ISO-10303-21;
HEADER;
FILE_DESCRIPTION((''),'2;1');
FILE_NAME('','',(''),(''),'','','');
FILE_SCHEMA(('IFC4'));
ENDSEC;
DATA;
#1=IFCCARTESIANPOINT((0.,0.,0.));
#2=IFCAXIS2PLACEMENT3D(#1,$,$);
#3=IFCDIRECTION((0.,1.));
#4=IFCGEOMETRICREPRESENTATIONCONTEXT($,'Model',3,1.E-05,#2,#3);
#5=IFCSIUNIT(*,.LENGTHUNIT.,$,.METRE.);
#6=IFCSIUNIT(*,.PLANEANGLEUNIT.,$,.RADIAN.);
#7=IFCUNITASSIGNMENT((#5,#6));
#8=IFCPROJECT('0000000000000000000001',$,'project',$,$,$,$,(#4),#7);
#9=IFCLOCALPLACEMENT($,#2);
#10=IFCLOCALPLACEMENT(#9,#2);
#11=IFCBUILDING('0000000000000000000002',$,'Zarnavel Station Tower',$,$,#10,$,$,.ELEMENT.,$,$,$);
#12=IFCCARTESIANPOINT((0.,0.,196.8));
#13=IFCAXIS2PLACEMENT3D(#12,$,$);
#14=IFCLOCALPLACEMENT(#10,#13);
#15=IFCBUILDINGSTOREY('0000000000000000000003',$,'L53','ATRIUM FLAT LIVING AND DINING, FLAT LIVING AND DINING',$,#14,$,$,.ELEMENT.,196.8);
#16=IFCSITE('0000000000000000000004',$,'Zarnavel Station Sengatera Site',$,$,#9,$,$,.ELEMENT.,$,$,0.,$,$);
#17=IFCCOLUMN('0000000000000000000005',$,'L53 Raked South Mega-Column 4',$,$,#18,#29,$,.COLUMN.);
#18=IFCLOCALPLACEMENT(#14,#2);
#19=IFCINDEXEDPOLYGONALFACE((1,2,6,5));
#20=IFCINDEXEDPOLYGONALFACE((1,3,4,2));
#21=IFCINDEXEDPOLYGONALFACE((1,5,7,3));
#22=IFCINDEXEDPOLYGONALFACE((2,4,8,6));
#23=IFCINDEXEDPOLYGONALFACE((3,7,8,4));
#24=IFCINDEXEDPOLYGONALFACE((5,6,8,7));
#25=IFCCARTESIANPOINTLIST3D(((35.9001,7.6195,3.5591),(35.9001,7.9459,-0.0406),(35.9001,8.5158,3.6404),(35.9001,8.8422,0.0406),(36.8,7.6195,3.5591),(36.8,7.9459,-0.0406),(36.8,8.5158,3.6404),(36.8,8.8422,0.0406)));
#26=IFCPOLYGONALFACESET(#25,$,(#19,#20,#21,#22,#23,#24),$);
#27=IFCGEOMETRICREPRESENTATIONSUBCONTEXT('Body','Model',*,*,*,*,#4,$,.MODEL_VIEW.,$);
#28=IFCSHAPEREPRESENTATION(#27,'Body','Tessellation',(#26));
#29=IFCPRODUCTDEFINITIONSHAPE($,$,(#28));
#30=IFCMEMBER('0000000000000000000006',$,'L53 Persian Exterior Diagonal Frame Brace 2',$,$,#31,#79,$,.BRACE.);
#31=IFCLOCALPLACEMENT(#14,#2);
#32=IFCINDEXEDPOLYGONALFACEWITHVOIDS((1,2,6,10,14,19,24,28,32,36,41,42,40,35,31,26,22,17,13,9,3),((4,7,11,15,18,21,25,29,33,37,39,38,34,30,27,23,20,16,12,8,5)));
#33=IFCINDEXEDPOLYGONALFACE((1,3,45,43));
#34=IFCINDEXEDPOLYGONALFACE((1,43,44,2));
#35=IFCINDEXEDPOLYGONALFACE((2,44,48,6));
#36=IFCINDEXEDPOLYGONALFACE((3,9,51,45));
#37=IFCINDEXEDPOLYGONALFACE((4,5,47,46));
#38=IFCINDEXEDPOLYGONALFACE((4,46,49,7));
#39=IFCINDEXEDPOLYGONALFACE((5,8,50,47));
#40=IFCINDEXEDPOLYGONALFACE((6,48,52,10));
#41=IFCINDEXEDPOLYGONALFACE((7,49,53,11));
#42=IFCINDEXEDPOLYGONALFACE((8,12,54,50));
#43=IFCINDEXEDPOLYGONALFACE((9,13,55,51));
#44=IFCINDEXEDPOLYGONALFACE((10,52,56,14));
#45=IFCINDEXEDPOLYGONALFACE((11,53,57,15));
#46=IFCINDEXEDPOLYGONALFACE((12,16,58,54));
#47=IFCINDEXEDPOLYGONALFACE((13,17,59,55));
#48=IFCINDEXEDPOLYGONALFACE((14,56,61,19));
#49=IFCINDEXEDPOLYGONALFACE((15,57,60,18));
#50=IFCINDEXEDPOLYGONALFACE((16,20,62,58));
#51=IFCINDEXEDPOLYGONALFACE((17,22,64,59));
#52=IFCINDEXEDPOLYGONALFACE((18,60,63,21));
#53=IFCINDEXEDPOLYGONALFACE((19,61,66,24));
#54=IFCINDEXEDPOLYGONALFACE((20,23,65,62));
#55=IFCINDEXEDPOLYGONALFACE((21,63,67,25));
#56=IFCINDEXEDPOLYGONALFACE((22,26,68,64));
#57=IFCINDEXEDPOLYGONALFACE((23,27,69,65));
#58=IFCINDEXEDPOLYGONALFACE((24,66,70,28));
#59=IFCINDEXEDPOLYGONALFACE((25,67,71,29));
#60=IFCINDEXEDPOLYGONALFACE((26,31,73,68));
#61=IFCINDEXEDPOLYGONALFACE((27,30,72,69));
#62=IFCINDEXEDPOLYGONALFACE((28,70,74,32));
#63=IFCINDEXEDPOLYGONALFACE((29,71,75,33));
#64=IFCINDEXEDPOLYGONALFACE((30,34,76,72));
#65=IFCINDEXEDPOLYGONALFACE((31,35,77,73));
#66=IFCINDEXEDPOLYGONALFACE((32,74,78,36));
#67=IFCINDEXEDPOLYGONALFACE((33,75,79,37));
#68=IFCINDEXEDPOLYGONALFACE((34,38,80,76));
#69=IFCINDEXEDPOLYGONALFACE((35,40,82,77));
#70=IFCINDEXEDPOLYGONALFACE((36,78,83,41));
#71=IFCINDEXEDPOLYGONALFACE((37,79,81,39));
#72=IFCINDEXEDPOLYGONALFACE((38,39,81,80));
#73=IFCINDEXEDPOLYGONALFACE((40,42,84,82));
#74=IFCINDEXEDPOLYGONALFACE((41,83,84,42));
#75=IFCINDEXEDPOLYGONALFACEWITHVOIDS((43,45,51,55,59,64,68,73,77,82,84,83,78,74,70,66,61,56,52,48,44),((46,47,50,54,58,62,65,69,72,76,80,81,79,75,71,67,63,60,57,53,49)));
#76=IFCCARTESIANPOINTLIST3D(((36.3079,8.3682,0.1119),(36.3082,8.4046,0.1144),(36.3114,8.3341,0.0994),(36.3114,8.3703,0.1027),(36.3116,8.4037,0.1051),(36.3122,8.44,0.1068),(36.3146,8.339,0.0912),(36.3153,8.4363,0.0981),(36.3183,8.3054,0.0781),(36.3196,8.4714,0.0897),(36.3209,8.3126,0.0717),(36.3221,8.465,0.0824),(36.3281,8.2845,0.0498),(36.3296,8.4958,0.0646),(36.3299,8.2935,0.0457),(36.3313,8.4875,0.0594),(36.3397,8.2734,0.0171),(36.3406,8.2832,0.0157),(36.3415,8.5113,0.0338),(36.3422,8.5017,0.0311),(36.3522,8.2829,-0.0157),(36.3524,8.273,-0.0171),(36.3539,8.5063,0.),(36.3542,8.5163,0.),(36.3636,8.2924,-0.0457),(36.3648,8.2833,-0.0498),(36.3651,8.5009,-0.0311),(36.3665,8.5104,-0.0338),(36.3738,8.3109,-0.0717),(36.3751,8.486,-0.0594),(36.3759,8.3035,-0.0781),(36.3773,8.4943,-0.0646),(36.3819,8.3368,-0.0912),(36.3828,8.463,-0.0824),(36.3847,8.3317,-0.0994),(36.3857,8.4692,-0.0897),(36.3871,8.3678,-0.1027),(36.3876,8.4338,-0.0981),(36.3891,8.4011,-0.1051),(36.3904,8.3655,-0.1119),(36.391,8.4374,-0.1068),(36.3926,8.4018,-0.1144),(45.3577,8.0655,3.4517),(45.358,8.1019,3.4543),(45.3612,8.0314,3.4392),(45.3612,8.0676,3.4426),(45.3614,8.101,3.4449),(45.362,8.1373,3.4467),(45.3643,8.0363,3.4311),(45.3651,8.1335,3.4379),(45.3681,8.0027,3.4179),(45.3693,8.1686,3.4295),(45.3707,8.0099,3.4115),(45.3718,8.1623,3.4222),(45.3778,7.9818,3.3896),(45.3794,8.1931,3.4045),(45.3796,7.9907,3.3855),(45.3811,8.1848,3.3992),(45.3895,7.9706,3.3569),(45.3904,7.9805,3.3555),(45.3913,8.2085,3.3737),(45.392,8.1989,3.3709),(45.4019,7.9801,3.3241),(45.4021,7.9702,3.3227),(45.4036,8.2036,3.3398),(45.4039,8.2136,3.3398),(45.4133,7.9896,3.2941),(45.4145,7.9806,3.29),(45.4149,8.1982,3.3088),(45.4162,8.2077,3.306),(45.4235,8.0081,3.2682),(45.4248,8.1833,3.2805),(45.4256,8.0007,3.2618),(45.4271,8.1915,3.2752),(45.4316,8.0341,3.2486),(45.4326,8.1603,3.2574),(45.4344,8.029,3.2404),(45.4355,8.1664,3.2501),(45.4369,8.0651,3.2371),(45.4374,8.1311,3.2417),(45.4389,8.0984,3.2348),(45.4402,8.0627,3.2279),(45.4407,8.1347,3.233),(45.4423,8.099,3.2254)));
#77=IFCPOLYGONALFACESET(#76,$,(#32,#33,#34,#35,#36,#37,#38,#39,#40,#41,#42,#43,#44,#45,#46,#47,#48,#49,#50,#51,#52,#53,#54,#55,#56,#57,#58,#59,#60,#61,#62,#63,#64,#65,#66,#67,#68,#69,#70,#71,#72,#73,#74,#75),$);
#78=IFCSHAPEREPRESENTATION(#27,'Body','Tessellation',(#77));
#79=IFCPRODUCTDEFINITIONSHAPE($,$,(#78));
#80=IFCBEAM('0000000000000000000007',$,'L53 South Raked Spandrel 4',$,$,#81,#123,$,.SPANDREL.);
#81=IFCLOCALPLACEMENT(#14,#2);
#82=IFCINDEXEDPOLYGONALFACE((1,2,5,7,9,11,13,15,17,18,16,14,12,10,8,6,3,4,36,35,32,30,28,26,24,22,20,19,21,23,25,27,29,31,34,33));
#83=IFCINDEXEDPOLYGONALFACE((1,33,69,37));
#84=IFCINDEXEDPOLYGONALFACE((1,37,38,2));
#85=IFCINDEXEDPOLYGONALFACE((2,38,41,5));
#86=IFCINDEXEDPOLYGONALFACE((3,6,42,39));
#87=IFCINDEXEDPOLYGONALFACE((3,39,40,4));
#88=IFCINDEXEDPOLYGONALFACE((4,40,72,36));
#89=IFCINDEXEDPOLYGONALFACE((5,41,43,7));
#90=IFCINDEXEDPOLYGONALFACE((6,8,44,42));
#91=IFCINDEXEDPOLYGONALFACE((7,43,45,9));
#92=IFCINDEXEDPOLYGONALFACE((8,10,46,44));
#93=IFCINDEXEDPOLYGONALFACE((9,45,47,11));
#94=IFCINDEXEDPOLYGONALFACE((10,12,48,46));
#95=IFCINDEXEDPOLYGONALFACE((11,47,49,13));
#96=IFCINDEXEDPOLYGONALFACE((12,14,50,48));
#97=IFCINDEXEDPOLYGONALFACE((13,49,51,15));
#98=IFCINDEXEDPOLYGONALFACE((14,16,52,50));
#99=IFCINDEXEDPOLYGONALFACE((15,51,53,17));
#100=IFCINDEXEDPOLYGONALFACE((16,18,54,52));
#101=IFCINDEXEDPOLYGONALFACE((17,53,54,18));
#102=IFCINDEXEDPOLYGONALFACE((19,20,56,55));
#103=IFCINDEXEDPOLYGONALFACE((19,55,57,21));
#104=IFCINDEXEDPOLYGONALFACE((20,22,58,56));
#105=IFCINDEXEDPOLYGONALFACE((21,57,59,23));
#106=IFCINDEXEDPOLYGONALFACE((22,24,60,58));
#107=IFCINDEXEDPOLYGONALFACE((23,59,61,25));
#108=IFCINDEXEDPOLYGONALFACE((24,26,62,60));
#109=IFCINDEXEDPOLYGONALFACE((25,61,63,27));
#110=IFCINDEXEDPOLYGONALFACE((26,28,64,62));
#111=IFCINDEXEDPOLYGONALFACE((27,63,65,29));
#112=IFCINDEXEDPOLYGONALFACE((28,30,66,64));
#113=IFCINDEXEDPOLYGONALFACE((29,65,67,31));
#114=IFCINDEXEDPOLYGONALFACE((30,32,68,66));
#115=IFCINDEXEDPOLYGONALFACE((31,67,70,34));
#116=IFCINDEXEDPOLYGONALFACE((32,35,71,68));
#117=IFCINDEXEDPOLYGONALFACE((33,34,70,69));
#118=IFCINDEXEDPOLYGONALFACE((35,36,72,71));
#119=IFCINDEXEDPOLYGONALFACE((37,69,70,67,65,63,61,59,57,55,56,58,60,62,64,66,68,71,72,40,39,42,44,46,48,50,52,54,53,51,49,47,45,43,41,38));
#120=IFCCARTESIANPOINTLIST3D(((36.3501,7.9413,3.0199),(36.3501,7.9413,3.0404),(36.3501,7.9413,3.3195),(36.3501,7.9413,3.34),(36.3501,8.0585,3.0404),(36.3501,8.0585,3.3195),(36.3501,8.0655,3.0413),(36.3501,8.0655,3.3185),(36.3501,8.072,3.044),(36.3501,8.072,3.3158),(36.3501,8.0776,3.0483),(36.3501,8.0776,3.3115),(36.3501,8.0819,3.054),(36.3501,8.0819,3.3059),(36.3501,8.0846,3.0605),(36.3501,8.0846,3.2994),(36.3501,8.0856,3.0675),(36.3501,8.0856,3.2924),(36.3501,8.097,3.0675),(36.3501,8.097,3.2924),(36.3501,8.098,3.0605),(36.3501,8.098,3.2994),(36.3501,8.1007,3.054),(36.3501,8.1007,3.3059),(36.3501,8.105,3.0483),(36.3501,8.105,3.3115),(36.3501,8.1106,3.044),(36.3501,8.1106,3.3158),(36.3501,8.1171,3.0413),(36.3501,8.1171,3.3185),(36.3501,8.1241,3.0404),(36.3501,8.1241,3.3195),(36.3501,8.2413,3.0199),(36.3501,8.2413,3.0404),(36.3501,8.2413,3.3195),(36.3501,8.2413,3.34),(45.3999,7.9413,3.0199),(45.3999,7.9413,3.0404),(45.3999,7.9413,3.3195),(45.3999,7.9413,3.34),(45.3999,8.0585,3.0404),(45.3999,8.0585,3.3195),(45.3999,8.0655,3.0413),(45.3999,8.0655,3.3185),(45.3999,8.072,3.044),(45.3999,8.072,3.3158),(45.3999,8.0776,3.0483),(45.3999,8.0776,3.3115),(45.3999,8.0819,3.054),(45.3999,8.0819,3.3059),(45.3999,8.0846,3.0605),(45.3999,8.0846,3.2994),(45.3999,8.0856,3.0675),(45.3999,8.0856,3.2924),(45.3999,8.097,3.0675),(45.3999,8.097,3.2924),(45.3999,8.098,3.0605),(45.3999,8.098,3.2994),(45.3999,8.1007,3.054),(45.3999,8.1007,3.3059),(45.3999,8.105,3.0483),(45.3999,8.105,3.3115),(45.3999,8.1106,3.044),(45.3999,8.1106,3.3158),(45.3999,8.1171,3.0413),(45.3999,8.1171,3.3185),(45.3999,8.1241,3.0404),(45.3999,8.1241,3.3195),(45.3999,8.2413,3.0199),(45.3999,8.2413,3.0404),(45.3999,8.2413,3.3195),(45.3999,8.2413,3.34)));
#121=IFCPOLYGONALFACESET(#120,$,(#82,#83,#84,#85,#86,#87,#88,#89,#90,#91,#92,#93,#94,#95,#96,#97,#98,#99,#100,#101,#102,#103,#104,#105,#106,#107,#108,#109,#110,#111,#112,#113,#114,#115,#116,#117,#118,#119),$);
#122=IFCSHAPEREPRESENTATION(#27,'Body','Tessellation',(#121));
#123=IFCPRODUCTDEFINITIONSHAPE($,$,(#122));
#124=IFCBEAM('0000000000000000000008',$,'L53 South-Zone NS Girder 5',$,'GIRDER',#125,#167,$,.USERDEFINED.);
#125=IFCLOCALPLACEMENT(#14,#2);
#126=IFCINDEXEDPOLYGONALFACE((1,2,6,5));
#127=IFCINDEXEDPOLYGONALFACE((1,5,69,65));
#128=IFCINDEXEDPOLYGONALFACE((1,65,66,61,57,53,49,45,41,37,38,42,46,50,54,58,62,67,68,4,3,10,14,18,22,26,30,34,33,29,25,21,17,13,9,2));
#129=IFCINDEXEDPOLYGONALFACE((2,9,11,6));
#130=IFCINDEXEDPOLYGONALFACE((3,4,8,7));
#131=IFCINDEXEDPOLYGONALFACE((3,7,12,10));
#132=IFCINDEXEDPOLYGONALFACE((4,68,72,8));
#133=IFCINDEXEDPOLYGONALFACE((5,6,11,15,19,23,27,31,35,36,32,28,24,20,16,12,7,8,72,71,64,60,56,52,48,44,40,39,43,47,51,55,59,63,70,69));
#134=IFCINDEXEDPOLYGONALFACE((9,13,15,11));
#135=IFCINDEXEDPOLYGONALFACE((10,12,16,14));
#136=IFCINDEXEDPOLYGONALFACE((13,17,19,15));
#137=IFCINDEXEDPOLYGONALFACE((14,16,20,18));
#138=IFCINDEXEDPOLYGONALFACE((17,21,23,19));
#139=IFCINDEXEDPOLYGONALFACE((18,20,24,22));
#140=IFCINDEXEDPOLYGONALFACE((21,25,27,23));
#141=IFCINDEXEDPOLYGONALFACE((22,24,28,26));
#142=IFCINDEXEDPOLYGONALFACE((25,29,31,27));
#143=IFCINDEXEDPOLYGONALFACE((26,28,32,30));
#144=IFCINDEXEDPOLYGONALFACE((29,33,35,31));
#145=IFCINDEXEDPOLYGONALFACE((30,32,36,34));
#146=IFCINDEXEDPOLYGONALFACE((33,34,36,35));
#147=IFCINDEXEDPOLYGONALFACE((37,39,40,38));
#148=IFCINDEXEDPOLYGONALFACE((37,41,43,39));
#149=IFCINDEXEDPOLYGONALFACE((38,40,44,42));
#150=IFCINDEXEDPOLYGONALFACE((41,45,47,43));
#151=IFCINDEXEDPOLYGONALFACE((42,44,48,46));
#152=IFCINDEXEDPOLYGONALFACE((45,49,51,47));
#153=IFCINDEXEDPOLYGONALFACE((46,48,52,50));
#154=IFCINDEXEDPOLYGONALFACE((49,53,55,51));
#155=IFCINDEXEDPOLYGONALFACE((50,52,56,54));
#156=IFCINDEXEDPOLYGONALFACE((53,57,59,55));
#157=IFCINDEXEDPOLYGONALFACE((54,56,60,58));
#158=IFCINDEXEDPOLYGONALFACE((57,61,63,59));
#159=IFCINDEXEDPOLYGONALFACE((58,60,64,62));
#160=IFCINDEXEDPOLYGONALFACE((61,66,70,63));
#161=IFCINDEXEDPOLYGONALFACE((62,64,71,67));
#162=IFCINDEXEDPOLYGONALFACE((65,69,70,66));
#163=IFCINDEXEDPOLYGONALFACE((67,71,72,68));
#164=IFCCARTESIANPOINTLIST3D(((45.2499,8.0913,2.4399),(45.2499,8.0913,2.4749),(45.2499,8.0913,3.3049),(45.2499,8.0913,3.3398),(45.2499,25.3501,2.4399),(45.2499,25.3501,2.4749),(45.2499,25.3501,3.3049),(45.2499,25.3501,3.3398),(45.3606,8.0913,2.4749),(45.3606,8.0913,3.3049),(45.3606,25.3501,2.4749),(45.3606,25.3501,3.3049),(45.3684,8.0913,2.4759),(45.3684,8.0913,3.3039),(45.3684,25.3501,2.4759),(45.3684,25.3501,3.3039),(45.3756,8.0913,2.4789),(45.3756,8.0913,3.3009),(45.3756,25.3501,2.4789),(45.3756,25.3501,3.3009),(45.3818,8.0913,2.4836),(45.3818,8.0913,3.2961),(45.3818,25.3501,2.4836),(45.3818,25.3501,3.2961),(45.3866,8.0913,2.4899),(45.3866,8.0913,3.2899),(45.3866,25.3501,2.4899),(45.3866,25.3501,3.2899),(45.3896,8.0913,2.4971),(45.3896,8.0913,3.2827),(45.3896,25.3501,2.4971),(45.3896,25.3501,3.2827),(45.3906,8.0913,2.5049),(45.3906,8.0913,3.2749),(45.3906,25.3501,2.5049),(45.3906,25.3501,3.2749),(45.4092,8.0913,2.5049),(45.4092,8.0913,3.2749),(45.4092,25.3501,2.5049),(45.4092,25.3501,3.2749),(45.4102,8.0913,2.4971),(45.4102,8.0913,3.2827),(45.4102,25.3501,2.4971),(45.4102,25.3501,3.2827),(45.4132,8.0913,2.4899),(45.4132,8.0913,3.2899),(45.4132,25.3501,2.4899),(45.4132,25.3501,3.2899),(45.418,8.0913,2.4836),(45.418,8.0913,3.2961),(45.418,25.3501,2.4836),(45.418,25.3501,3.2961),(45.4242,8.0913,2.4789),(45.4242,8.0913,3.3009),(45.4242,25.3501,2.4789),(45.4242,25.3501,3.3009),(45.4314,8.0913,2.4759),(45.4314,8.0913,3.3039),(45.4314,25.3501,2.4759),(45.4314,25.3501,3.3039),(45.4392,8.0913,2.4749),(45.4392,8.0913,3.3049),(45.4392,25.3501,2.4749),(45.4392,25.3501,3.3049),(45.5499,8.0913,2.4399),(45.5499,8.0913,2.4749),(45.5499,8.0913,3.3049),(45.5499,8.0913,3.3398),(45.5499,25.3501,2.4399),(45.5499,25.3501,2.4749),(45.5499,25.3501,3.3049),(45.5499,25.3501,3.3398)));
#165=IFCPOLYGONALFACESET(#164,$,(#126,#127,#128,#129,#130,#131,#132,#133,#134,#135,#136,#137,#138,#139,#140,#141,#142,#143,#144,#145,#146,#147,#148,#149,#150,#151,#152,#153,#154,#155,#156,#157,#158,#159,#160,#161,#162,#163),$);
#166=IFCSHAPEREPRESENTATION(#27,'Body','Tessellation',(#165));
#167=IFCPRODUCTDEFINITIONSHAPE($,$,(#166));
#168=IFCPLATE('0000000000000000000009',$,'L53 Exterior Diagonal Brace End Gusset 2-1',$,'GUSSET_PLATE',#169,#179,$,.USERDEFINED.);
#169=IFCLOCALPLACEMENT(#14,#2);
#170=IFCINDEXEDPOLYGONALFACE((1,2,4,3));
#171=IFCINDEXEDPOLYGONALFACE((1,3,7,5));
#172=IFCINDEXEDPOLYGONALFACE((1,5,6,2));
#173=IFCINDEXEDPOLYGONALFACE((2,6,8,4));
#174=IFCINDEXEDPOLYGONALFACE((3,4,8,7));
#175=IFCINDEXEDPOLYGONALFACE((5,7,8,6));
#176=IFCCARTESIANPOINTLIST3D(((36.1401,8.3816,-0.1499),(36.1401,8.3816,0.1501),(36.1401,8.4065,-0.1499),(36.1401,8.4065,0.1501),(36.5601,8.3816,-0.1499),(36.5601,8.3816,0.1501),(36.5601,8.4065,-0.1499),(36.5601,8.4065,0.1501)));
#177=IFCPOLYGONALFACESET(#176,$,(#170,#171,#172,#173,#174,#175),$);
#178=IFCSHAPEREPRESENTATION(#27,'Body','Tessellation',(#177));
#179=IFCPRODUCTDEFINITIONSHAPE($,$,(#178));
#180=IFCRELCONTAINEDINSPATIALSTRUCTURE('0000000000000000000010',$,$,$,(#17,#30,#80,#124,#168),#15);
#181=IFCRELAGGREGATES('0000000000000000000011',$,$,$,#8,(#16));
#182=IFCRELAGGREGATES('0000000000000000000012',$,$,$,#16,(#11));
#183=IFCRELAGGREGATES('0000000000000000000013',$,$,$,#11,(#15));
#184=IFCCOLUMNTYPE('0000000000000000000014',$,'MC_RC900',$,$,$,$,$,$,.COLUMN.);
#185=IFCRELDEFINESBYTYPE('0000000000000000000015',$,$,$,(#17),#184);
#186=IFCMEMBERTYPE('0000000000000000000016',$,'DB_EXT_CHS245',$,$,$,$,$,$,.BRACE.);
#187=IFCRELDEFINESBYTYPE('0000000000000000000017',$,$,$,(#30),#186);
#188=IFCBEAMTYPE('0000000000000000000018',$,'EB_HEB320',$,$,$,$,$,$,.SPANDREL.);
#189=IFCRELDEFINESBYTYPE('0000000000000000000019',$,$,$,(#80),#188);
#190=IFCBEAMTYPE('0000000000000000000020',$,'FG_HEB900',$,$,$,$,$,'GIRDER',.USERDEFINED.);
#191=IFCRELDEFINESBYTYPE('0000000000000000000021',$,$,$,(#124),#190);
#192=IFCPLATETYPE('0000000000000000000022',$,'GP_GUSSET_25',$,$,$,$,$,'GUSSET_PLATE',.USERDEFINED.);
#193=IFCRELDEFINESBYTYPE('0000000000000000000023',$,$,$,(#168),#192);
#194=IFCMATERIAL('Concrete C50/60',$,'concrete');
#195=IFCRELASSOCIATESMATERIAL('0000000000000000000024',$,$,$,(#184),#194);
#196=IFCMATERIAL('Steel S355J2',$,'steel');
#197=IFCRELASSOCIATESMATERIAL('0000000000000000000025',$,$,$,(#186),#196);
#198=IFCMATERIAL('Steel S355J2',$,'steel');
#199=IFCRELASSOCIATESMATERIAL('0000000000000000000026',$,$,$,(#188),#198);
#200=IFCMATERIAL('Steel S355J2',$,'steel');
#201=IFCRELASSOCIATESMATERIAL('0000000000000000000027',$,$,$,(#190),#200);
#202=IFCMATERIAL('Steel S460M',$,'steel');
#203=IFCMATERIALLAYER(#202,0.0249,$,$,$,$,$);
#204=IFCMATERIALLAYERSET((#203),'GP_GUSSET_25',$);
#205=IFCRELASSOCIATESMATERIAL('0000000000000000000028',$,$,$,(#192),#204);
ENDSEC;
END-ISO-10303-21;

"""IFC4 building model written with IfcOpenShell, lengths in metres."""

from ifc_helpers import new_model, si_unit, direction, frame, origin, origin_2d, place, context, subcontext, project, spatial, rectangle, hollow_circle, i_section, extrude, material, layer, layer_set, material_profile, profile_set, type_object, element, save


model = new_model("IFC4")

# Units and contexts
model_context = context("Model", 3, precision=1e-05, world=origin(), true_north=direction((0.0, 1.0)))
body_context = subcontext(model_context, "Body", "Model", "MODEL_VIEW")
ifc_project = project(units=[si_unit("LENGTHUNIT", "METRE"), si_unit("PLANEANGLEUNIT", "RADIAN")], contexts=[model_context])

# Site, building, storey
site_placement = place(None, origin())
site = spatial("IfcSite", under=ifc_project, at=site_placement, Name="Zarnavel Station Sengatera Site", CompositionType="ELEMENT", RefElevation=0.0)
building_placement = place(site_placement, origin())
building = spatial("IfcBuilding", under=site, at=building_placement, Name="Zarnavel Station Tower", CompositionType="ELEMENT")
storey_placement = place(building_placement, frame((0.0, 0.0, 196.8)))
storey = spatial("IfcBuildingStorey", under=building, at=storey_placement, Name="L53", Description="ATRIUM FLAT LIVING AND DINING, FLAT LIVING AND DINING", CompositionType="ELEMENT", Elevation=196.8)

# Column
ifc_material_1 = material(Name="Concrete C50/60", Category="concrete")
ifc_material_profile_1 = material_profile(ifc_material_1, rectangle(XDim=0.8999, YDim=0.8999, at=origin_2d()), Name="RC900x900")
ifc_profile_set_1 = profile_set([ifc_material_profile_1], Name="Concrete C50/60")
column_type = type_object("IfcColumnType", Name="MC_RC900", PredefinedType="COLUMN", material=ifc_profile_set_1)
column_placement = place(storey_placement, frame((36.3501, 8.394, 0.0), z_axis=(0.0, -0.090304, 0.995914), x_axis=(1.0, 0.0, 0.0)))
element("IfcColumn", 1, at=column_placement, inside=storey, type_object=column_type, Name="L53 Raked South Mega-Column 4", PredefinedType="COLUMN", context=body_context, shape_type="SweptSolid", body=[
    extrude(rectangle(XDim=0.8999, YDim=0.8999, at=origin_2d()), origin(), (0.0, 0.0, 1.0), 3.6145),
])

# Member
ifc_material_2 = material(Name="Steel S355J2", Category="steel")
ifc_material_profile_2 = material_profile(ifc_material_2, hollow_circle(Radius=0.1223, WallThickness=0.01, at=origin_2d()), Name="CHS244.5x10")
ifc_profile_set_2 = profile_set([ifc_material_profile_2], Name="Steel S355J2")
member_type = type_object("IfcMemberType", Name="DB_EXT_CHS245", PredefinedType="BRACE", material=ifc_profile_set_2)
member_placement = place(storey_placement, frame((36.3501, 8.394, 0.0), z_axis=(0.937689, -0.031368, 0.346056), x_axis=(0.033433, 0.999441, 0.0)))
element("IfcMember", 2, at=member_placement, inside=storey, type_object=member_type, Name="L53 Persian Exterior Diagonal Frame Brace 2", PredefinedType="BRACE", context=body_context, shape_type="SweptSolid", body=[
    extrude(hollow_circle(Radius=0.1223, WallThickness=0.01, at=origin_2d()), origin(), (0.0, 0.0, 1.0), 9.6511),
])

# Beams
ifc_material_3 = material(Name="Steel S355J2", Category="steel")
ifc_material_profile_3 = material_profile(ifc_material_3, i_section(OverallWidth=0.3, OverallDepth=0.3201, WebThickness=0.0115, FlangeThickness=0.0205, FilletRadius=0.0271, at=origin_2d()), Name="HEB320")
ifc_profile_set_3 = profile_set([ifc_material_profile_3], Name="Steel S355J2")
beam_type_1 = type_object("IfcBeamType", Name="EB_HEB320", PredefinedType="SPANDREL", material=ifc_profile_set_3)
beam_1_placement = place(storey_placement, frame((36.3501, 8.0913, 3.1799), z_axis=(1.0, 0.0, 0.0), x_axis=(0.0, 1.0, 0.0)))
element("IfcBeam", 3, at=beam_1_placement, inside=storey, type_object=beam_type_1, Name="L53 South Raked Spandrel 4", PredefinedType="SPANDREL", context=body_context, shape_type="SweptSolid", body=[
    extrude(i_section(OverallWidth=0.3, OverallDepth=0.3201, WebThickness=0.0115, FlangeThickness=0.0205, FilletRadius=0.0271, at=origin_2d()), origin(), (0.0, 0.0, 1.0), 9.0498),
])
ifc_material_4 = material(Name="Steel S355J2", Category="steel")
ifc_material_profile_4 = material_profile(ifc_material_4, i_section(OverallWidth=0.3, OverallDepth=0.8999, WebThickness=0.0186, FlangeThickness=0.0349, FilletRadius=0.03, at=origin_2d()), Name="HEB900")
ifc_profile_set_4 = profile_set([ifc_material_profile_4], Name="Steel S355J2")
beam_type_2 = type_object("IfcBeamType", Name="FG_HEB900", ElementType="GIRDER", PredefinedType="USERDEFINED", material=ifc_profile_set_4)
beam_2_placement = place(storey_placement, frame((45.3999, 8.0913, 2.8899), z_axis=(0.0, 1.0, 0.0), x_axis=(-1.0, 0.0, 0.0)))
element("IfcBeam", 4, at=beam_2_placement, inside=storey, type_object=beam_type_2, Name="L53 South-Zone NS Girder 5", ObjectType="GIRDER", PredefinedType="USERDEFINED", context=body_context, shape_type="SweptSolid", body=[
    extrude(i_section(OverallWidth=0.3, OverallDepth=0.8999, WebThickness=0.0186, FlangeThickness=0.0349, FilletRadius=0.03, at=origin_2d()), origin(), (0.0, 0.0, 1.0), 17.2588),
])

# Plate
ifc_material_5 = material(Name="Steel S460M", Category="steel")
ifc_layer_1 = layer(ifc_material_5, 0.0249)
ifc_layer_set_1 = layer_set([ifc_layer_1], Name="GP_GUSSET_25")
plate_type = type_object("IfcPlateType", Name="GP_GUSSET_25", ElementType="GUSSET_PLATE", PredefinedType="USERDEFINED", material=ifc_layer_set_1)
plate_placement = place(storey_placement, frame((36.3501, 8.394, -0.1499), z_axis=(0.0, 0.0, 1.0), x_axis=(1.0, 0.0, 0.0)))
element("IfcPlate", 5, at=plate_placement, inside=storey, type_object=plate_type, Name="L53 Exterior Diagonal Brace End Gusset 2-1", ObjectType="GUSSET_PLATE", PredefinedType="USERDEFINED", context=body_context, shape_type="SweptSolid", body=[
    extrude(rectangle(XDim=0.4199, YDim=0.0249, at=origin_2d()), origin(), (0.0, 0.0, 1.0), 0.3),
])

save(model, "model.ifc")
